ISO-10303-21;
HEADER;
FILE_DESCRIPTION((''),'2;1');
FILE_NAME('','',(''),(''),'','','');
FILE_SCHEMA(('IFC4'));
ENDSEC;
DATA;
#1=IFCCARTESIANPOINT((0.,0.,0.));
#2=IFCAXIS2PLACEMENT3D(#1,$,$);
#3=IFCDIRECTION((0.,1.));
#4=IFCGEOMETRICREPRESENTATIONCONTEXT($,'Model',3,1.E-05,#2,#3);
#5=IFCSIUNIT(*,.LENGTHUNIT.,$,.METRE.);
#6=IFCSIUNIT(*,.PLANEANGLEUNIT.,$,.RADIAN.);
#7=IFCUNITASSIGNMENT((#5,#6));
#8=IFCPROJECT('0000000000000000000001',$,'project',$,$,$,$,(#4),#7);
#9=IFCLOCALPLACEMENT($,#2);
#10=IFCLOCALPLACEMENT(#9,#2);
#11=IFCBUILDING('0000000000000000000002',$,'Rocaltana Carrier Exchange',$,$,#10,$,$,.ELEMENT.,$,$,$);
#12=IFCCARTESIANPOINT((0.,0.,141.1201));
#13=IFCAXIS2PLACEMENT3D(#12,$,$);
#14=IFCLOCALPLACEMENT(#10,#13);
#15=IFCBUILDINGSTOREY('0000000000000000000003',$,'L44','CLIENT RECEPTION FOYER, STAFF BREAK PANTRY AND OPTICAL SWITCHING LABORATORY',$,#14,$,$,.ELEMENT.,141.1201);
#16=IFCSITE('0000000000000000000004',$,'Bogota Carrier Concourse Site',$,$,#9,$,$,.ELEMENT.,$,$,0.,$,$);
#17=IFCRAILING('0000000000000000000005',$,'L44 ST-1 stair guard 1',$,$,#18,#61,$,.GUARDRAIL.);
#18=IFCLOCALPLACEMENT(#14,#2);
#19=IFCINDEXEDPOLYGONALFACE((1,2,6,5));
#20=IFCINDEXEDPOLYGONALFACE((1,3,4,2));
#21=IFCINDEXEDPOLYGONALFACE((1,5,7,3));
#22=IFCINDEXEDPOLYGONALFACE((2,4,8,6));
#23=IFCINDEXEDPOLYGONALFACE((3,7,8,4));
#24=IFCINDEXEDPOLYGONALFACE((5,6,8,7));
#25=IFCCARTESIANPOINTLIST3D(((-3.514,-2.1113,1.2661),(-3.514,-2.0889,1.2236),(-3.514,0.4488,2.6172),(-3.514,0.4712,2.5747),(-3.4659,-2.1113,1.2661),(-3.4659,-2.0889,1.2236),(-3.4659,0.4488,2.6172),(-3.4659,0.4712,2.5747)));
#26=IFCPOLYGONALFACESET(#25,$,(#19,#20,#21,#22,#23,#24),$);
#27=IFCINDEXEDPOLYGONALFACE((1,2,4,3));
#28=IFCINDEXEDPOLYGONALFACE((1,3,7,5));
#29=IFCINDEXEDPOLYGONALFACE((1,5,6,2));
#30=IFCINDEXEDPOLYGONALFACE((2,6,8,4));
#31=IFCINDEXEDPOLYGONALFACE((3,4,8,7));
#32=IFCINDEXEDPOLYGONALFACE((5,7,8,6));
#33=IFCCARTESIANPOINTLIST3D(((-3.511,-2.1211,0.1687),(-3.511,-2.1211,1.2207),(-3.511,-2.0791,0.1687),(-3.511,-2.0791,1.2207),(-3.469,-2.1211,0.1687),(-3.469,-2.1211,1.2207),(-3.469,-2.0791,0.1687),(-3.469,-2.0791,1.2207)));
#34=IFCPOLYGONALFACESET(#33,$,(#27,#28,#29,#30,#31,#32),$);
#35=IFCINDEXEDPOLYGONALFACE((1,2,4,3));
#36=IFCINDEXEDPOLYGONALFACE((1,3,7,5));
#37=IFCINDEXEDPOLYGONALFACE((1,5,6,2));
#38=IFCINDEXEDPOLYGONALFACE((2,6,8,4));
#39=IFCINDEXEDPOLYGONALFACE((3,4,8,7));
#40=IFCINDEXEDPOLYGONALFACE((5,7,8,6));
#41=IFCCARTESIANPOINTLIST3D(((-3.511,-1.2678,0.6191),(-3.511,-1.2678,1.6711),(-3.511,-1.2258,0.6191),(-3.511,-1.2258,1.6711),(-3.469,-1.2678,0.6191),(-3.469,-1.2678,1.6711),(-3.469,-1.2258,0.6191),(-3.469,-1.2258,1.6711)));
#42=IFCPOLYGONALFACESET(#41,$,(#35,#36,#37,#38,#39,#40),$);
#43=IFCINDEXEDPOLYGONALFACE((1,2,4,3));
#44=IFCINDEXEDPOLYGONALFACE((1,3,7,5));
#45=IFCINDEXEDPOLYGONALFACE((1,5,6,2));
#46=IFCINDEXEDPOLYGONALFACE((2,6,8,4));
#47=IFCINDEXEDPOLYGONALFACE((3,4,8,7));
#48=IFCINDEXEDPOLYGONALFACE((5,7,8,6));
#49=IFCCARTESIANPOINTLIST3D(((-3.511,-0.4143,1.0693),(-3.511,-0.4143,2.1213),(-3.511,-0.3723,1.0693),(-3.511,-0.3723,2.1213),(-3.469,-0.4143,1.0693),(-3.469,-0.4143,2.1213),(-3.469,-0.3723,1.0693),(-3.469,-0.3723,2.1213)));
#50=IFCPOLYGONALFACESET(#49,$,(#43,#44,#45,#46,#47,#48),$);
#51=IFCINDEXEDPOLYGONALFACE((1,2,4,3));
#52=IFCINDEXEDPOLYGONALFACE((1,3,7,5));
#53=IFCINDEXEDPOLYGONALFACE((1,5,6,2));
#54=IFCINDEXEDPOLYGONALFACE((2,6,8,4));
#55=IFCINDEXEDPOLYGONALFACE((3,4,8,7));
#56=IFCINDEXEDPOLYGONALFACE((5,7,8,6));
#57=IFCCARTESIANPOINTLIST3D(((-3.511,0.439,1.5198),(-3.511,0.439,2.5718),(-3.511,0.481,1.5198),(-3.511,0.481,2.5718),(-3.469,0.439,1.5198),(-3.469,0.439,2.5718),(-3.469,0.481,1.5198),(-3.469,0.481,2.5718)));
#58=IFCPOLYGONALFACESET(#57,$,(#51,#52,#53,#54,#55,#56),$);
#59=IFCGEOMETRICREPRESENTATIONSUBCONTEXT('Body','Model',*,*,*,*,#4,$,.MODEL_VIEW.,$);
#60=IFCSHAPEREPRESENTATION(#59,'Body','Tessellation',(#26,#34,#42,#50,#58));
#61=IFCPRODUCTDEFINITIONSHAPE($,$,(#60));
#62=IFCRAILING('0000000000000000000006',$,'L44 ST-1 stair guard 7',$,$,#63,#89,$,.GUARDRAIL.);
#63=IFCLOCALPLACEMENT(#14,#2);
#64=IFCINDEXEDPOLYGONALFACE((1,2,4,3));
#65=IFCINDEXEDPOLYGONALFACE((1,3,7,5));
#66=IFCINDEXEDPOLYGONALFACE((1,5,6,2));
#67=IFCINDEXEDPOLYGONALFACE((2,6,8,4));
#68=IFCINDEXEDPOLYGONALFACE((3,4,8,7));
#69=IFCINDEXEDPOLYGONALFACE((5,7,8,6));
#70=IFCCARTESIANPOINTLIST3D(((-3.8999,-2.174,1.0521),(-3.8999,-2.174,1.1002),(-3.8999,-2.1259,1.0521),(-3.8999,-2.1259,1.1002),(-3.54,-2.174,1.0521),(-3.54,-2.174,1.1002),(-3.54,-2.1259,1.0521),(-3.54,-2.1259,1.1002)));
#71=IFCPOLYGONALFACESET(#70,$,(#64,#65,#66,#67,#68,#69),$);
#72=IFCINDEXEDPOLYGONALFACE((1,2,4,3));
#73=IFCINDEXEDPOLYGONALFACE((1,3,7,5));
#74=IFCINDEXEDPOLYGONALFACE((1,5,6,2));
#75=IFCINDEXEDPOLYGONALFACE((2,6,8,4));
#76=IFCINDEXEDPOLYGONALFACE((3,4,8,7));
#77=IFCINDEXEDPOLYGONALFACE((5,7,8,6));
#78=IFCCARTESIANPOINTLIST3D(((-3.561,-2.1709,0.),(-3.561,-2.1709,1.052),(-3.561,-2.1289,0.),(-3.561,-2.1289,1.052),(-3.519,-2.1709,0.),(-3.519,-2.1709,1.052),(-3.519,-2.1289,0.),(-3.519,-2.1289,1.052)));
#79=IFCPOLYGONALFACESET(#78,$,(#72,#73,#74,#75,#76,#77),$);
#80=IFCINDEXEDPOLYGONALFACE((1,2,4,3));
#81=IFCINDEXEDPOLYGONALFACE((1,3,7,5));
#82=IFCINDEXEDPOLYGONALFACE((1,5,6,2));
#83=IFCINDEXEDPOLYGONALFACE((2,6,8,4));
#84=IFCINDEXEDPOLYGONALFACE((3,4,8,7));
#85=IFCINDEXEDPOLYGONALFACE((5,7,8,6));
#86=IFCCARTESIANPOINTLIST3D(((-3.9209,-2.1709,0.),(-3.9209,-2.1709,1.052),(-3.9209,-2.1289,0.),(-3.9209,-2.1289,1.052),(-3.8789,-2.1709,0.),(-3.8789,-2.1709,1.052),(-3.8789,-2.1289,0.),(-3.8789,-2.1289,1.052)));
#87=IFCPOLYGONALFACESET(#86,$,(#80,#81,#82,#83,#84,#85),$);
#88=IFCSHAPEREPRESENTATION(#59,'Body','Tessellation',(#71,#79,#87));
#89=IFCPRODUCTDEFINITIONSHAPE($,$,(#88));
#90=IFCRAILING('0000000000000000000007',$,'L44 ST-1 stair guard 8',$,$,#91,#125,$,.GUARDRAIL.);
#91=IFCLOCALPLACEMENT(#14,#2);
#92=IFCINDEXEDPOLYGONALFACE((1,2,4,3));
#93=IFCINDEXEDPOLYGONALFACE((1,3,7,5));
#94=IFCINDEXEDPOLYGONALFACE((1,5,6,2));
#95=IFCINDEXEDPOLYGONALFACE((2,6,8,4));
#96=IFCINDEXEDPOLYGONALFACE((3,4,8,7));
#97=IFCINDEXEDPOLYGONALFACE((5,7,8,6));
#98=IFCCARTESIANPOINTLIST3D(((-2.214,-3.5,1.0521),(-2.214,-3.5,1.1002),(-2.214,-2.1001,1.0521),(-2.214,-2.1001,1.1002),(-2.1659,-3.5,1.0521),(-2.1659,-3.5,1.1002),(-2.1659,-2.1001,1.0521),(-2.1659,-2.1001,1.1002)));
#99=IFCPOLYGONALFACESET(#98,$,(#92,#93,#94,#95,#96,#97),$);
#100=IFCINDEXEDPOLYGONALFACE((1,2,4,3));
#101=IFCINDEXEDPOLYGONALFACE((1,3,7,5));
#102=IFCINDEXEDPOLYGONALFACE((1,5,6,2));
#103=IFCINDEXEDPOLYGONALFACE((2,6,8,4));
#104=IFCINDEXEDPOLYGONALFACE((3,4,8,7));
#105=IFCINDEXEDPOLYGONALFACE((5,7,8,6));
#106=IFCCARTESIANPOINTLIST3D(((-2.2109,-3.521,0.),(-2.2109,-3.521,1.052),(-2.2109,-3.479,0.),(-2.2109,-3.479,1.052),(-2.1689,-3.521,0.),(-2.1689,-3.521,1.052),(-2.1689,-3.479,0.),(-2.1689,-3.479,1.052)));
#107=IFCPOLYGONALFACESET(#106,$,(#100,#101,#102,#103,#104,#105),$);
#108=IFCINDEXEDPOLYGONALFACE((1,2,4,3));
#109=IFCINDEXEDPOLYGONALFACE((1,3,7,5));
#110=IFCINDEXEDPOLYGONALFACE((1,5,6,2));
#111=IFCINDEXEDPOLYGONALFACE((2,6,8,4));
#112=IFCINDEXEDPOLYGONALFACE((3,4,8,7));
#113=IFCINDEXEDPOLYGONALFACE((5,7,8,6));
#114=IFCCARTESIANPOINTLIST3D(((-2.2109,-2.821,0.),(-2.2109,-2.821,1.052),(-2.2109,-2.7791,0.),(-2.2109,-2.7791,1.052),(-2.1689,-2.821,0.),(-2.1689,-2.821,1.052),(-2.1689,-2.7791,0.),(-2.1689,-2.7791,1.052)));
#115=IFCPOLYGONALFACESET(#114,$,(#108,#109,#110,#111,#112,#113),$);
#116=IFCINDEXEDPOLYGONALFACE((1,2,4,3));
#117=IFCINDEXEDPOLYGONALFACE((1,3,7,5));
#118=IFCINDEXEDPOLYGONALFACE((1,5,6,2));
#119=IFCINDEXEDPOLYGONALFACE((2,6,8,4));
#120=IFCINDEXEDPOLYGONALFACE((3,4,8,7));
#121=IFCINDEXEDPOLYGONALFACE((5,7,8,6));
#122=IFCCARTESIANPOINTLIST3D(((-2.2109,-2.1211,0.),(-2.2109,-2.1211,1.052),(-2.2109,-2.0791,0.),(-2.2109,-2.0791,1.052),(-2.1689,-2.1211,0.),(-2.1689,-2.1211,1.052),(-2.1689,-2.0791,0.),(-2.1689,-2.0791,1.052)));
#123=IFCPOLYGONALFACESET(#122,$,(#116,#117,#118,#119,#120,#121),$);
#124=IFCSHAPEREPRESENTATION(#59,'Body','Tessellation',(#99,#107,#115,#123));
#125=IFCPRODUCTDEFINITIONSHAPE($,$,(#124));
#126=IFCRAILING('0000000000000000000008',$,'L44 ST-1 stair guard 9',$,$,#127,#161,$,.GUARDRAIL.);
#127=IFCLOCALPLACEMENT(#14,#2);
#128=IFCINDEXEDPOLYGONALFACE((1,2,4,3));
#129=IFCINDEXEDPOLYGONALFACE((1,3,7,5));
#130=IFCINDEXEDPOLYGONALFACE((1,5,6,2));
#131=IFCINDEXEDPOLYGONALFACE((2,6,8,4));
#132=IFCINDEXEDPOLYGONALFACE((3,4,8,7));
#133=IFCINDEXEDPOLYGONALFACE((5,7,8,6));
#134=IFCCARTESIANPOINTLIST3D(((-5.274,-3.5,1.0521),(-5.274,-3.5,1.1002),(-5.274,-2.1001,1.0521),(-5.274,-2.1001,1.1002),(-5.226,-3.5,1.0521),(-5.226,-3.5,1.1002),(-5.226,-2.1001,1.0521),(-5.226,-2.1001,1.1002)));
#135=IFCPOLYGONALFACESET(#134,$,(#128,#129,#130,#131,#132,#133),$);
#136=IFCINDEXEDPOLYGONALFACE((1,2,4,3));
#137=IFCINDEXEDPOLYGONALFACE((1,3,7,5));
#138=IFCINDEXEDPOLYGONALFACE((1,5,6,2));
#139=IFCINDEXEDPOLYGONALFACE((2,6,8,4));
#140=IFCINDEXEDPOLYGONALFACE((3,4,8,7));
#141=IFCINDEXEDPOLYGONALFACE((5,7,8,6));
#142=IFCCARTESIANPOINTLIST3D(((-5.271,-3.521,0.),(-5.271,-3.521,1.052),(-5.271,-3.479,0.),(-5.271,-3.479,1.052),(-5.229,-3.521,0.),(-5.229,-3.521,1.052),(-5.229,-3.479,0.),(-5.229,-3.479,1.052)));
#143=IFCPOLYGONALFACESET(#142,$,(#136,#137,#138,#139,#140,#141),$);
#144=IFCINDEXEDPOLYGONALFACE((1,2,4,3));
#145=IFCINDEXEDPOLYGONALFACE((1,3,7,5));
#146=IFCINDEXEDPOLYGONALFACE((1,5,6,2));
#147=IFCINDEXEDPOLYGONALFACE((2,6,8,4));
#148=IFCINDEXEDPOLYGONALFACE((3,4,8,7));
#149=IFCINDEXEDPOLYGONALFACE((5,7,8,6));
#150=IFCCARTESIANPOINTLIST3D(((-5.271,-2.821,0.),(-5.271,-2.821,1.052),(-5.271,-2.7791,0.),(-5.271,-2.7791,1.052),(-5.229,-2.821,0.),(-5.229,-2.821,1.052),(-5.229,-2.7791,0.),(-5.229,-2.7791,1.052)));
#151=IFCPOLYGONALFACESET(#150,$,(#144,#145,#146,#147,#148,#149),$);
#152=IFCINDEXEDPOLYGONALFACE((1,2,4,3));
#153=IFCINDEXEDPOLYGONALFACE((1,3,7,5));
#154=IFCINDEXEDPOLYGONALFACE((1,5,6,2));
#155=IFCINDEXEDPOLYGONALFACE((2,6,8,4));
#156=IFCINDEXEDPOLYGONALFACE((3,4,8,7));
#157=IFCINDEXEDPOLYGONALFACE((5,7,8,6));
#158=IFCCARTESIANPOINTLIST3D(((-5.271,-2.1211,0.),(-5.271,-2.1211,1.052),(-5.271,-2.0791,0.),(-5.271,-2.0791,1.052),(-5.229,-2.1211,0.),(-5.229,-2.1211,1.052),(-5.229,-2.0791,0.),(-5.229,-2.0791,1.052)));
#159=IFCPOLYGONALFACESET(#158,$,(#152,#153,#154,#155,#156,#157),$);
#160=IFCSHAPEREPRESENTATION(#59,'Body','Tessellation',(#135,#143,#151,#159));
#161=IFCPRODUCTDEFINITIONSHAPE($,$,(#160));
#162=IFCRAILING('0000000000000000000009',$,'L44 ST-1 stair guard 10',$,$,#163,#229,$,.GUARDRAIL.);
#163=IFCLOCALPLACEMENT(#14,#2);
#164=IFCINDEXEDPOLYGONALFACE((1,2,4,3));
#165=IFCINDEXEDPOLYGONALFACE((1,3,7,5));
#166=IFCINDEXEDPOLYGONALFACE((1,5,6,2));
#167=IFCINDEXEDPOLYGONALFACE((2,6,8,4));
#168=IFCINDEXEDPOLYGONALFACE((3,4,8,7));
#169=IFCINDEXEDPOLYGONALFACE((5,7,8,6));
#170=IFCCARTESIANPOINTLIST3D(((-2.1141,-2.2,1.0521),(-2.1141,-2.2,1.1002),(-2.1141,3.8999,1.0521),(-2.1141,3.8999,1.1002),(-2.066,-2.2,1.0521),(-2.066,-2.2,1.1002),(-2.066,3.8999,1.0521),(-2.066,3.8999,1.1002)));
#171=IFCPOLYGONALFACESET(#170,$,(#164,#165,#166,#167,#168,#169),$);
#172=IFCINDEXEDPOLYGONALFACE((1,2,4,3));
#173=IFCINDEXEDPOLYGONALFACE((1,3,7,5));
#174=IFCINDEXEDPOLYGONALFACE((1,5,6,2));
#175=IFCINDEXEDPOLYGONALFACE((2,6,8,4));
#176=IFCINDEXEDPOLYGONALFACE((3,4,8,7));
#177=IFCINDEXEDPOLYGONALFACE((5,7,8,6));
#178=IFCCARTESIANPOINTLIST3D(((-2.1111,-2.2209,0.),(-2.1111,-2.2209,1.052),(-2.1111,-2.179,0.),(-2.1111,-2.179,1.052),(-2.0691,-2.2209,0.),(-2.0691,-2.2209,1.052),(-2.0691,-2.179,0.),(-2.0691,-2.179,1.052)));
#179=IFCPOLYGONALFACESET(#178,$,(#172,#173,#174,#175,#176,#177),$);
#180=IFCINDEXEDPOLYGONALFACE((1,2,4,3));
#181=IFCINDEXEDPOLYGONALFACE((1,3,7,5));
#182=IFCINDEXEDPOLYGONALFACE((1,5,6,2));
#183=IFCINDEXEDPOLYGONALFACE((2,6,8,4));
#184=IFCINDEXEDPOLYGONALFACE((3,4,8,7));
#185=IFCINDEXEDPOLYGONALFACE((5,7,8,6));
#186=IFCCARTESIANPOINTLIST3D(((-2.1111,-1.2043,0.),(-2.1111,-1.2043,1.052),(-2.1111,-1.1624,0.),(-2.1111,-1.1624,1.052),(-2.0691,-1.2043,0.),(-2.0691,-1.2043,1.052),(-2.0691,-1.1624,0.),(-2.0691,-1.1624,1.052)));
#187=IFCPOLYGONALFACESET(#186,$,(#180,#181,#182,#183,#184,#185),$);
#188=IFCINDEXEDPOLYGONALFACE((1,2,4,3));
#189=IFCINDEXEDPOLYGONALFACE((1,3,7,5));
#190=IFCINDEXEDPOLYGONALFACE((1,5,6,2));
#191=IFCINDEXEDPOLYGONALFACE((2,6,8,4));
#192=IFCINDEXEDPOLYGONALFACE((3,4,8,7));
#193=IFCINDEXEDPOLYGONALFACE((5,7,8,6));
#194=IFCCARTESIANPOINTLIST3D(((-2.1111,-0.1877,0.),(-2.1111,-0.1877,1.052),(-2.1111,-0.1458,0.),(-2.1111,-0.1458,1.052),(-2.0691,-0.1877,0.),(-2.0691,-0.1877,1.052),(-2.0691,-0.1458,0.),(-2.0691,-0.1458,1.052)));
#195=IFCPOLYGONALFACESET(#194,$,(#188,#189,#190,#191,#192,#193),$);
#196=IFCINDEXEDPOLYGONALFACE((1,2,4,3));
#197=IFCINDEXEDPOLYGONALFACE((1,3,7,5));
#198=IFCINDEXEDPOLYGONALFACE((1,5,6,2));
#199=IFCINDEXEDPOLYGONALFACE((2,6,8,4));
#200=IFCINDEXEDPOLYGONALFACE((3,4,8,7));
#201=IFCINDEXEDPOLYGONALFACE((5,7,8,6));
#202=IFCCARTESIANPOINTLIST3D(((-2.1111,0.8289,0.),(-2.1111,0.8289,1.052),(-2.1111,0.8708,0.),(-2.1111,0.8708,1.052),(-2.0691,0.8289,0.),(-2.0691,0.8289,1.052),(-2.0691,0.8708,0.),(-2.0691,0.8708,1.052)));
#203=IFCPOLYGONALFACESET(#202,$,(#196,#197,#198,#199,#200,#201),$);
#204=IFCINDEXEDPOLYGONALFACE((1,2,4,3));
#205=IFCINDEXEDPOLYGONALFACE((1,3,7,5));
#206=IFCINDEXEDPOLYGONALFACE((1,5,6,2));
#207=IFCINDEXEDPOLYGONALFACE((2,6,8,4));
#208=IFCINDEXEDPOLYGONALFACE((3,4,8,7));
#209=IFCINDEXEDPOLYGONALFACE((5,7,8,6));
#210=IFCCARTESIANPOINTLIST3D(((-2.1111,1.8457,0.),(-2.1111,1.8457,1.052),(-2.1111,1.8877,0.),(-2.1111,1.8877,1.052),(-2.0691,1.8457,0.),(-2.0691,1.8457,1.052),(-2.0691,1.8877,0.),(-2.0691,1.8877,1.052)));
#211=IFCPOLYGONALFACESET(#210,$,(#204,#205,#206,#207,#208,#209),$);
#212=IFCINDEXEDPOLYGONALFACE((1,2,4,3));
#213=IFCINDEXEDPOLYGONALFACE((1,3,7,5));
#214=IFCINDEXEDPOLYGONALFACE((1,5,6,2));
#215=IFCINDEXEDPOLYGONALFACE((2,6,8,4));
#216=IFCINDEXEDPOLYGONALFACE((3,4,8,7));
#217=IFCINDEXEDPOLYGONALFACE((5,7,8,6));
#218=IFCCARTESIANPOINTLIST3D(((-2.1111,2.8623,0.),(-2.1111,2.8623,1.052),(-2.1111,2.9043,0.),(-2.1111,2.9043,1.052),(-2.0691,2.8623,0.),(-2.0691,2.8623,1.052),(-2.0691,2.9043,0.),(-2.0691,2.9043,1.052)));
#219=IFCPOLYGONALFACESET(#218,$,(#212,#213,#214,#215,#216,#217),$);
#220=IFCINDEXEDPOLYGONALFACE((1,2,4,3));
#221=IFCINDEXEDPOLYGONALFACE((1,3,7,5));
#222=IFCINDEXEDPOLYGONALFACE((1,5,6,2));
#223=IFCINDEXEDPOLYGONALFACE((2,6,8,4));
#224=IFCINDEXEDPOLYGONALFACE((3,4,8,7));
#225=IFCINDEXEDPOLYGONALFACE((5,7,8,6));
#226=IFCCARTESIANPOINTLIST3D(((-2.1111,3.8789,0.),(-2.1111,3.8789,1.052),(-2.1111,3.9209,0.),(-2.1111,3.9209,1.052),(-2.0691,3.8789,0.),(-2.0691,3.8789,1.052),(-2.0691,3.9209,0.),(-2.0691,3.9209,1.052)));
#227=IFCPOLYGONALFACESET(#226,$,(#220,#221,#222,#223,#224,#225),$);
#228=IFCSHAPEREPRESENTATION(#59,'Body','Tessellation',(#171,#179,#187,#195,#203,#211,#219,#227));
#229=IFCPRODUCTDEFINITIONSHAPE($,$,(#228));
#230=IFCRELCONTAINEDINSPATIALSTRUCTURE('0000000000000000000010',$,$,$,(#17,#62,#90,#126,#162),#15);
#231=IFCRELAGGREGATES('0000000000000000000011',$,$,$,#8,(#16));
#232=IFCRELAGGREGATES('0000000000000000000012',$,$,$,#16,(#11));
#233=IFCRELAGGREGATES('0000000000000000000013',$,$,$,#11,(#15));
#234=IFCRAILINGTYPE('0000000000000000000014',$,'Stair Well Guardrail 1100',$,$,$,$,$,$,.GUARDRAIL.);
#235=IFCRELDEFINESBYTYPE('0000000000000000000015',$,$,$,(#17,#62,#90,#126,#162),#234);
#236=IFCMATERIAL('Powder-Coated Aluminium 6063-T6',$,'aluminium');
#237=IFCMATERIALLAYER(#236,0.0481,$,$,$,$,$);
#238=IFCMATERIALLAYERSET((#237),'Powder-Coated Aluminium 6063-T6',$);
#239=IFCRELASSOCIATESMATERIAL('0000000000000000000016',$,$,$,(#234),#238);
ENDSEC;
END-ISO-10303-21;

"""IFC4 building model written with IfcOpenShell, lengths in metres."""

from ifc_helpers import new_model, si_unit, direction, frame, origin, origin_2d, place, context, subcontext, project, spatial, rectangle, extrude, material, layer, layer_set, type_object, element, save


model = new_model("IFC4")

# Units and contexts
model_context = context("Model", 3, precision=1e-05, world=origin(), true_north=direction((0.0, 1.0)))
body_context = subcontext(model_context, "Body", "Model", "MODEL_VIEW")
ifc_project = project(units=[si_unit("LENGTHUNIT", "METRE"), si_unit("PLANEANGLEUNIT", "RADIAN")], contexts=[model_context])

# Site, building, storey
site_placement = place(None, origin())
site = spatial("IfcSite", under=ifc_project, at=site_placement, Name="Bogota Carrier Concourse Site", CompositionType="ELEMENT", RefElevation=0.0)
building_placement = place(site_placement, origin())
building = spatial("IfcBuilding", under=site, at=building_placement, Name="Rocaltana Carrier Exchange", CompositionType="ELEMENT")
storey_placement = place(building_placement, frame((0.0, 0.0, 141.1201)))
storey = spatial("IfcBuildingStorey", under=building, at=storey_placement, Name="L44", Description="CLIENT RECEPTION FOYER, STAFF BREAK PANTRY AND OPTICAL SWITCHING LABORATORY", CompositionType="ELEMENT", Elevation=141.1201)

# Railings
ifc_material_1 = material(Name="Powder-Coated Aluminium 6063-T6", Category="aluminium")
ifc_layer_1 = layer(ifc_material_1, 0.0481)
ifc_layer_set_1 = layer_set([ifc_layer_1], Name="Powder-Coated Aluminium 6063-T6")
railing_type_1 = type_object("IfcRailingType", Name="Stair Well Guardrail 1100", PredefinedType="GUARDRAIL", material=ifc_layer_set_1)
railing_1_placement = place(storey_placement, frame((-3.49, -2.1001, 0.1687)))
element("IfcRailing", 1, at=railing_1_placement, inside=storey, type_object=railing_type_1, Name="L44 ST-1 stair guard 1", PredefinedType="GUARDRAIL", context=body_context, shape_type="SweptSolid", body=[
    extrude(rectangle(XDim=0.0481, YDim=0.0481, at=origin_2d()), frame((0.0, 0.0, 1.0762), z_axis=(0.0, 0.884394, 0.46674), x_axis=(-1.0, 0.0, 0.0)), (0.0, 0.0, 1.0), 2.8948),
    extrude(rectangle(XDim=0.042, YDim=0.042, at=origin_2d()), origin(), (0.0, 0.0, 1.0), 1.052),
    extrude(rectangle(XDim=0.042, YDim=0.042, at=origin_2d()), frame((0.0, 0.8533, 0.4504)), (0.0, 0.0, 1.0), 1.052),
    extrude(rectangle(XDim=0.042, YDim=0.042, at=origin_2d()), frame((0.0, 1.7068, 0.9006)), (0.0, 0.0, 1.0), 1.052),
    extrude(rectangle(XDim=0.042, YDim=0.042, at=origin_2d()), frame((0.0, 2.5601, 1.3511)), (0.0, 0.0, 1.0), 1.052),
])
railing_2_placement = place(storey_placement, frame((-3.54, -2.1499, 0.0)))
element("IfcRailing", 2, at=railing_2_placement, inside=storey, type_object=railing_type_1, Name="L44 ST-1 stair guard 7", PredefinedType="GUARDRAIL", context=body_context, shape_type="SweptSolid", body=[
    extrude(rectangle(XDim=0.0481, YDim=0.0481, at=origin_2d()), frame((0.0, 0.0, 1.0762), z_axis=(-1.0, 0.0, 0.0), x_axis=(0.0, -1.0, 0.0)), (0.0, 0.0, 1.0), 0.3599),
    extrude(rectangle(XDim=0.042, YDim=0.042, at=origin_2d()), origin(), (0.0, 0.0, 1.0), 1.052),
    extrude(rectangle(XDim=0.042, YDim=0.042, at=origin_2d()), frame((-0.3599, 0.0, 0.0)), (0.0, 0.0, 1.0), 1.052),
])
for number, where, name in (
    (3, (-2.1899, -3.5, 0.0), "L44 ST-1 stair guard 8"),
    (4, (-5.25, -3.5, 0.0), "L44 ST-1 stair guard 9"),
):
    element("IfcRailing", number, at=place(storey_placement, frame(where)), inside=storey, type_object=railing_type_1, Name=name, PredefinedType="GUARDRAIL", context=body_context, shape_type="SweptSolid", body=[
        extrude(rectangle(XDim=0.0481, YDim=0.0481, at=origin_2d()), frame((0.0, 0.0, 1.0762), z_axis=(0.0, 1.0, 0.0), x_axis=(-1.0, 0.0, 0.0)), (0.0, 0.0, 1.0), 1.3999),
        extrude(rectangle(XDim=0.042, YDim=0.042, at=origin_2d()), origin(), (0.0, 0.0, 1.0), 1.052),
        extrude(rectangle(XDim=0.042, YDim=0.042, at=origin_2d()), frame((0.0, 0.7, 0.0)), (0.0, 0.0, 1.0), 1.052),
        extrude(rectangle(XDim=0.042, YDim=0.042, at=origin_2d()), frame((0.0, 1.3999, 0.0)), (0.0, 0.0, 1.0), 1.052),
    ])
for number, where, name in (
    (5, (-2.0901, -2.2, 0.0), "L44 ST-1 stair guard 10"),
):
    element("IfcRailing", number, at=place(storey_placement, frame(where)), inside=storey, type_object=railing_type_1, Name=name, PredefinedType="GUARDRAIL", context=body_context, shape_type="SweptSolid", body=[
        extrude(rectangle(XDim=0.0481, YDim=0.0481, at=origin_2d()), frame((0.0, 0.0, 1.0762), z_axis=(0.0, 1.0, 0.0), x_axis=(-1.0, 0.0, 0.0)), (0.0, 0.0, 1.0), 6.0999),
        extrude(rectangle(XDim=0.042, YDim=0.042, at=origin_2d()), origin(), (0.0, 0.0, 1.0), 1.052),
        extrude(rectangle(XDim=0.042, YDim=0.042, at=origin_2d()), frame((0.0, 1.0166, 0.0)), (0.0, 0.0, 1.0), 1.052),
        extrude(rectangle(XDim=0.042, YDim=0.042, at=origin_2d()), frame((0.0, 2.0332, 0.0)), (0.0, 0.0, 1.0), 1.052),
        extrude(rectangle(XDim=0.042, YDim=0.042, at=origin_2d()), frame((0.0, 3.0498, 0.0)), (0.0, 0.0, 1.0), 1.052),
        extrude(rectangle(XDim=0.042, YDim=0.042, at=origin_2d()), frame((0.0, 4.0667, 0.0)), (0.0, 0.0, 1.0), 1.052),
        extrude(rectangle(XDim=0.042, YDim=0.042, at=origin_2d()), frame((0.0, 5.0833, 0.0)), (0.0, 0.0, 1.0), 1.052),
        extrude(rectangle(XDim=0.042, YDim=0.042, at=origin_2d()), frame((0.0, 6.0999, 0.0)), (0.0, 0.0, 1.0), 1.052),
    ])

save(model, "model.ifc")
